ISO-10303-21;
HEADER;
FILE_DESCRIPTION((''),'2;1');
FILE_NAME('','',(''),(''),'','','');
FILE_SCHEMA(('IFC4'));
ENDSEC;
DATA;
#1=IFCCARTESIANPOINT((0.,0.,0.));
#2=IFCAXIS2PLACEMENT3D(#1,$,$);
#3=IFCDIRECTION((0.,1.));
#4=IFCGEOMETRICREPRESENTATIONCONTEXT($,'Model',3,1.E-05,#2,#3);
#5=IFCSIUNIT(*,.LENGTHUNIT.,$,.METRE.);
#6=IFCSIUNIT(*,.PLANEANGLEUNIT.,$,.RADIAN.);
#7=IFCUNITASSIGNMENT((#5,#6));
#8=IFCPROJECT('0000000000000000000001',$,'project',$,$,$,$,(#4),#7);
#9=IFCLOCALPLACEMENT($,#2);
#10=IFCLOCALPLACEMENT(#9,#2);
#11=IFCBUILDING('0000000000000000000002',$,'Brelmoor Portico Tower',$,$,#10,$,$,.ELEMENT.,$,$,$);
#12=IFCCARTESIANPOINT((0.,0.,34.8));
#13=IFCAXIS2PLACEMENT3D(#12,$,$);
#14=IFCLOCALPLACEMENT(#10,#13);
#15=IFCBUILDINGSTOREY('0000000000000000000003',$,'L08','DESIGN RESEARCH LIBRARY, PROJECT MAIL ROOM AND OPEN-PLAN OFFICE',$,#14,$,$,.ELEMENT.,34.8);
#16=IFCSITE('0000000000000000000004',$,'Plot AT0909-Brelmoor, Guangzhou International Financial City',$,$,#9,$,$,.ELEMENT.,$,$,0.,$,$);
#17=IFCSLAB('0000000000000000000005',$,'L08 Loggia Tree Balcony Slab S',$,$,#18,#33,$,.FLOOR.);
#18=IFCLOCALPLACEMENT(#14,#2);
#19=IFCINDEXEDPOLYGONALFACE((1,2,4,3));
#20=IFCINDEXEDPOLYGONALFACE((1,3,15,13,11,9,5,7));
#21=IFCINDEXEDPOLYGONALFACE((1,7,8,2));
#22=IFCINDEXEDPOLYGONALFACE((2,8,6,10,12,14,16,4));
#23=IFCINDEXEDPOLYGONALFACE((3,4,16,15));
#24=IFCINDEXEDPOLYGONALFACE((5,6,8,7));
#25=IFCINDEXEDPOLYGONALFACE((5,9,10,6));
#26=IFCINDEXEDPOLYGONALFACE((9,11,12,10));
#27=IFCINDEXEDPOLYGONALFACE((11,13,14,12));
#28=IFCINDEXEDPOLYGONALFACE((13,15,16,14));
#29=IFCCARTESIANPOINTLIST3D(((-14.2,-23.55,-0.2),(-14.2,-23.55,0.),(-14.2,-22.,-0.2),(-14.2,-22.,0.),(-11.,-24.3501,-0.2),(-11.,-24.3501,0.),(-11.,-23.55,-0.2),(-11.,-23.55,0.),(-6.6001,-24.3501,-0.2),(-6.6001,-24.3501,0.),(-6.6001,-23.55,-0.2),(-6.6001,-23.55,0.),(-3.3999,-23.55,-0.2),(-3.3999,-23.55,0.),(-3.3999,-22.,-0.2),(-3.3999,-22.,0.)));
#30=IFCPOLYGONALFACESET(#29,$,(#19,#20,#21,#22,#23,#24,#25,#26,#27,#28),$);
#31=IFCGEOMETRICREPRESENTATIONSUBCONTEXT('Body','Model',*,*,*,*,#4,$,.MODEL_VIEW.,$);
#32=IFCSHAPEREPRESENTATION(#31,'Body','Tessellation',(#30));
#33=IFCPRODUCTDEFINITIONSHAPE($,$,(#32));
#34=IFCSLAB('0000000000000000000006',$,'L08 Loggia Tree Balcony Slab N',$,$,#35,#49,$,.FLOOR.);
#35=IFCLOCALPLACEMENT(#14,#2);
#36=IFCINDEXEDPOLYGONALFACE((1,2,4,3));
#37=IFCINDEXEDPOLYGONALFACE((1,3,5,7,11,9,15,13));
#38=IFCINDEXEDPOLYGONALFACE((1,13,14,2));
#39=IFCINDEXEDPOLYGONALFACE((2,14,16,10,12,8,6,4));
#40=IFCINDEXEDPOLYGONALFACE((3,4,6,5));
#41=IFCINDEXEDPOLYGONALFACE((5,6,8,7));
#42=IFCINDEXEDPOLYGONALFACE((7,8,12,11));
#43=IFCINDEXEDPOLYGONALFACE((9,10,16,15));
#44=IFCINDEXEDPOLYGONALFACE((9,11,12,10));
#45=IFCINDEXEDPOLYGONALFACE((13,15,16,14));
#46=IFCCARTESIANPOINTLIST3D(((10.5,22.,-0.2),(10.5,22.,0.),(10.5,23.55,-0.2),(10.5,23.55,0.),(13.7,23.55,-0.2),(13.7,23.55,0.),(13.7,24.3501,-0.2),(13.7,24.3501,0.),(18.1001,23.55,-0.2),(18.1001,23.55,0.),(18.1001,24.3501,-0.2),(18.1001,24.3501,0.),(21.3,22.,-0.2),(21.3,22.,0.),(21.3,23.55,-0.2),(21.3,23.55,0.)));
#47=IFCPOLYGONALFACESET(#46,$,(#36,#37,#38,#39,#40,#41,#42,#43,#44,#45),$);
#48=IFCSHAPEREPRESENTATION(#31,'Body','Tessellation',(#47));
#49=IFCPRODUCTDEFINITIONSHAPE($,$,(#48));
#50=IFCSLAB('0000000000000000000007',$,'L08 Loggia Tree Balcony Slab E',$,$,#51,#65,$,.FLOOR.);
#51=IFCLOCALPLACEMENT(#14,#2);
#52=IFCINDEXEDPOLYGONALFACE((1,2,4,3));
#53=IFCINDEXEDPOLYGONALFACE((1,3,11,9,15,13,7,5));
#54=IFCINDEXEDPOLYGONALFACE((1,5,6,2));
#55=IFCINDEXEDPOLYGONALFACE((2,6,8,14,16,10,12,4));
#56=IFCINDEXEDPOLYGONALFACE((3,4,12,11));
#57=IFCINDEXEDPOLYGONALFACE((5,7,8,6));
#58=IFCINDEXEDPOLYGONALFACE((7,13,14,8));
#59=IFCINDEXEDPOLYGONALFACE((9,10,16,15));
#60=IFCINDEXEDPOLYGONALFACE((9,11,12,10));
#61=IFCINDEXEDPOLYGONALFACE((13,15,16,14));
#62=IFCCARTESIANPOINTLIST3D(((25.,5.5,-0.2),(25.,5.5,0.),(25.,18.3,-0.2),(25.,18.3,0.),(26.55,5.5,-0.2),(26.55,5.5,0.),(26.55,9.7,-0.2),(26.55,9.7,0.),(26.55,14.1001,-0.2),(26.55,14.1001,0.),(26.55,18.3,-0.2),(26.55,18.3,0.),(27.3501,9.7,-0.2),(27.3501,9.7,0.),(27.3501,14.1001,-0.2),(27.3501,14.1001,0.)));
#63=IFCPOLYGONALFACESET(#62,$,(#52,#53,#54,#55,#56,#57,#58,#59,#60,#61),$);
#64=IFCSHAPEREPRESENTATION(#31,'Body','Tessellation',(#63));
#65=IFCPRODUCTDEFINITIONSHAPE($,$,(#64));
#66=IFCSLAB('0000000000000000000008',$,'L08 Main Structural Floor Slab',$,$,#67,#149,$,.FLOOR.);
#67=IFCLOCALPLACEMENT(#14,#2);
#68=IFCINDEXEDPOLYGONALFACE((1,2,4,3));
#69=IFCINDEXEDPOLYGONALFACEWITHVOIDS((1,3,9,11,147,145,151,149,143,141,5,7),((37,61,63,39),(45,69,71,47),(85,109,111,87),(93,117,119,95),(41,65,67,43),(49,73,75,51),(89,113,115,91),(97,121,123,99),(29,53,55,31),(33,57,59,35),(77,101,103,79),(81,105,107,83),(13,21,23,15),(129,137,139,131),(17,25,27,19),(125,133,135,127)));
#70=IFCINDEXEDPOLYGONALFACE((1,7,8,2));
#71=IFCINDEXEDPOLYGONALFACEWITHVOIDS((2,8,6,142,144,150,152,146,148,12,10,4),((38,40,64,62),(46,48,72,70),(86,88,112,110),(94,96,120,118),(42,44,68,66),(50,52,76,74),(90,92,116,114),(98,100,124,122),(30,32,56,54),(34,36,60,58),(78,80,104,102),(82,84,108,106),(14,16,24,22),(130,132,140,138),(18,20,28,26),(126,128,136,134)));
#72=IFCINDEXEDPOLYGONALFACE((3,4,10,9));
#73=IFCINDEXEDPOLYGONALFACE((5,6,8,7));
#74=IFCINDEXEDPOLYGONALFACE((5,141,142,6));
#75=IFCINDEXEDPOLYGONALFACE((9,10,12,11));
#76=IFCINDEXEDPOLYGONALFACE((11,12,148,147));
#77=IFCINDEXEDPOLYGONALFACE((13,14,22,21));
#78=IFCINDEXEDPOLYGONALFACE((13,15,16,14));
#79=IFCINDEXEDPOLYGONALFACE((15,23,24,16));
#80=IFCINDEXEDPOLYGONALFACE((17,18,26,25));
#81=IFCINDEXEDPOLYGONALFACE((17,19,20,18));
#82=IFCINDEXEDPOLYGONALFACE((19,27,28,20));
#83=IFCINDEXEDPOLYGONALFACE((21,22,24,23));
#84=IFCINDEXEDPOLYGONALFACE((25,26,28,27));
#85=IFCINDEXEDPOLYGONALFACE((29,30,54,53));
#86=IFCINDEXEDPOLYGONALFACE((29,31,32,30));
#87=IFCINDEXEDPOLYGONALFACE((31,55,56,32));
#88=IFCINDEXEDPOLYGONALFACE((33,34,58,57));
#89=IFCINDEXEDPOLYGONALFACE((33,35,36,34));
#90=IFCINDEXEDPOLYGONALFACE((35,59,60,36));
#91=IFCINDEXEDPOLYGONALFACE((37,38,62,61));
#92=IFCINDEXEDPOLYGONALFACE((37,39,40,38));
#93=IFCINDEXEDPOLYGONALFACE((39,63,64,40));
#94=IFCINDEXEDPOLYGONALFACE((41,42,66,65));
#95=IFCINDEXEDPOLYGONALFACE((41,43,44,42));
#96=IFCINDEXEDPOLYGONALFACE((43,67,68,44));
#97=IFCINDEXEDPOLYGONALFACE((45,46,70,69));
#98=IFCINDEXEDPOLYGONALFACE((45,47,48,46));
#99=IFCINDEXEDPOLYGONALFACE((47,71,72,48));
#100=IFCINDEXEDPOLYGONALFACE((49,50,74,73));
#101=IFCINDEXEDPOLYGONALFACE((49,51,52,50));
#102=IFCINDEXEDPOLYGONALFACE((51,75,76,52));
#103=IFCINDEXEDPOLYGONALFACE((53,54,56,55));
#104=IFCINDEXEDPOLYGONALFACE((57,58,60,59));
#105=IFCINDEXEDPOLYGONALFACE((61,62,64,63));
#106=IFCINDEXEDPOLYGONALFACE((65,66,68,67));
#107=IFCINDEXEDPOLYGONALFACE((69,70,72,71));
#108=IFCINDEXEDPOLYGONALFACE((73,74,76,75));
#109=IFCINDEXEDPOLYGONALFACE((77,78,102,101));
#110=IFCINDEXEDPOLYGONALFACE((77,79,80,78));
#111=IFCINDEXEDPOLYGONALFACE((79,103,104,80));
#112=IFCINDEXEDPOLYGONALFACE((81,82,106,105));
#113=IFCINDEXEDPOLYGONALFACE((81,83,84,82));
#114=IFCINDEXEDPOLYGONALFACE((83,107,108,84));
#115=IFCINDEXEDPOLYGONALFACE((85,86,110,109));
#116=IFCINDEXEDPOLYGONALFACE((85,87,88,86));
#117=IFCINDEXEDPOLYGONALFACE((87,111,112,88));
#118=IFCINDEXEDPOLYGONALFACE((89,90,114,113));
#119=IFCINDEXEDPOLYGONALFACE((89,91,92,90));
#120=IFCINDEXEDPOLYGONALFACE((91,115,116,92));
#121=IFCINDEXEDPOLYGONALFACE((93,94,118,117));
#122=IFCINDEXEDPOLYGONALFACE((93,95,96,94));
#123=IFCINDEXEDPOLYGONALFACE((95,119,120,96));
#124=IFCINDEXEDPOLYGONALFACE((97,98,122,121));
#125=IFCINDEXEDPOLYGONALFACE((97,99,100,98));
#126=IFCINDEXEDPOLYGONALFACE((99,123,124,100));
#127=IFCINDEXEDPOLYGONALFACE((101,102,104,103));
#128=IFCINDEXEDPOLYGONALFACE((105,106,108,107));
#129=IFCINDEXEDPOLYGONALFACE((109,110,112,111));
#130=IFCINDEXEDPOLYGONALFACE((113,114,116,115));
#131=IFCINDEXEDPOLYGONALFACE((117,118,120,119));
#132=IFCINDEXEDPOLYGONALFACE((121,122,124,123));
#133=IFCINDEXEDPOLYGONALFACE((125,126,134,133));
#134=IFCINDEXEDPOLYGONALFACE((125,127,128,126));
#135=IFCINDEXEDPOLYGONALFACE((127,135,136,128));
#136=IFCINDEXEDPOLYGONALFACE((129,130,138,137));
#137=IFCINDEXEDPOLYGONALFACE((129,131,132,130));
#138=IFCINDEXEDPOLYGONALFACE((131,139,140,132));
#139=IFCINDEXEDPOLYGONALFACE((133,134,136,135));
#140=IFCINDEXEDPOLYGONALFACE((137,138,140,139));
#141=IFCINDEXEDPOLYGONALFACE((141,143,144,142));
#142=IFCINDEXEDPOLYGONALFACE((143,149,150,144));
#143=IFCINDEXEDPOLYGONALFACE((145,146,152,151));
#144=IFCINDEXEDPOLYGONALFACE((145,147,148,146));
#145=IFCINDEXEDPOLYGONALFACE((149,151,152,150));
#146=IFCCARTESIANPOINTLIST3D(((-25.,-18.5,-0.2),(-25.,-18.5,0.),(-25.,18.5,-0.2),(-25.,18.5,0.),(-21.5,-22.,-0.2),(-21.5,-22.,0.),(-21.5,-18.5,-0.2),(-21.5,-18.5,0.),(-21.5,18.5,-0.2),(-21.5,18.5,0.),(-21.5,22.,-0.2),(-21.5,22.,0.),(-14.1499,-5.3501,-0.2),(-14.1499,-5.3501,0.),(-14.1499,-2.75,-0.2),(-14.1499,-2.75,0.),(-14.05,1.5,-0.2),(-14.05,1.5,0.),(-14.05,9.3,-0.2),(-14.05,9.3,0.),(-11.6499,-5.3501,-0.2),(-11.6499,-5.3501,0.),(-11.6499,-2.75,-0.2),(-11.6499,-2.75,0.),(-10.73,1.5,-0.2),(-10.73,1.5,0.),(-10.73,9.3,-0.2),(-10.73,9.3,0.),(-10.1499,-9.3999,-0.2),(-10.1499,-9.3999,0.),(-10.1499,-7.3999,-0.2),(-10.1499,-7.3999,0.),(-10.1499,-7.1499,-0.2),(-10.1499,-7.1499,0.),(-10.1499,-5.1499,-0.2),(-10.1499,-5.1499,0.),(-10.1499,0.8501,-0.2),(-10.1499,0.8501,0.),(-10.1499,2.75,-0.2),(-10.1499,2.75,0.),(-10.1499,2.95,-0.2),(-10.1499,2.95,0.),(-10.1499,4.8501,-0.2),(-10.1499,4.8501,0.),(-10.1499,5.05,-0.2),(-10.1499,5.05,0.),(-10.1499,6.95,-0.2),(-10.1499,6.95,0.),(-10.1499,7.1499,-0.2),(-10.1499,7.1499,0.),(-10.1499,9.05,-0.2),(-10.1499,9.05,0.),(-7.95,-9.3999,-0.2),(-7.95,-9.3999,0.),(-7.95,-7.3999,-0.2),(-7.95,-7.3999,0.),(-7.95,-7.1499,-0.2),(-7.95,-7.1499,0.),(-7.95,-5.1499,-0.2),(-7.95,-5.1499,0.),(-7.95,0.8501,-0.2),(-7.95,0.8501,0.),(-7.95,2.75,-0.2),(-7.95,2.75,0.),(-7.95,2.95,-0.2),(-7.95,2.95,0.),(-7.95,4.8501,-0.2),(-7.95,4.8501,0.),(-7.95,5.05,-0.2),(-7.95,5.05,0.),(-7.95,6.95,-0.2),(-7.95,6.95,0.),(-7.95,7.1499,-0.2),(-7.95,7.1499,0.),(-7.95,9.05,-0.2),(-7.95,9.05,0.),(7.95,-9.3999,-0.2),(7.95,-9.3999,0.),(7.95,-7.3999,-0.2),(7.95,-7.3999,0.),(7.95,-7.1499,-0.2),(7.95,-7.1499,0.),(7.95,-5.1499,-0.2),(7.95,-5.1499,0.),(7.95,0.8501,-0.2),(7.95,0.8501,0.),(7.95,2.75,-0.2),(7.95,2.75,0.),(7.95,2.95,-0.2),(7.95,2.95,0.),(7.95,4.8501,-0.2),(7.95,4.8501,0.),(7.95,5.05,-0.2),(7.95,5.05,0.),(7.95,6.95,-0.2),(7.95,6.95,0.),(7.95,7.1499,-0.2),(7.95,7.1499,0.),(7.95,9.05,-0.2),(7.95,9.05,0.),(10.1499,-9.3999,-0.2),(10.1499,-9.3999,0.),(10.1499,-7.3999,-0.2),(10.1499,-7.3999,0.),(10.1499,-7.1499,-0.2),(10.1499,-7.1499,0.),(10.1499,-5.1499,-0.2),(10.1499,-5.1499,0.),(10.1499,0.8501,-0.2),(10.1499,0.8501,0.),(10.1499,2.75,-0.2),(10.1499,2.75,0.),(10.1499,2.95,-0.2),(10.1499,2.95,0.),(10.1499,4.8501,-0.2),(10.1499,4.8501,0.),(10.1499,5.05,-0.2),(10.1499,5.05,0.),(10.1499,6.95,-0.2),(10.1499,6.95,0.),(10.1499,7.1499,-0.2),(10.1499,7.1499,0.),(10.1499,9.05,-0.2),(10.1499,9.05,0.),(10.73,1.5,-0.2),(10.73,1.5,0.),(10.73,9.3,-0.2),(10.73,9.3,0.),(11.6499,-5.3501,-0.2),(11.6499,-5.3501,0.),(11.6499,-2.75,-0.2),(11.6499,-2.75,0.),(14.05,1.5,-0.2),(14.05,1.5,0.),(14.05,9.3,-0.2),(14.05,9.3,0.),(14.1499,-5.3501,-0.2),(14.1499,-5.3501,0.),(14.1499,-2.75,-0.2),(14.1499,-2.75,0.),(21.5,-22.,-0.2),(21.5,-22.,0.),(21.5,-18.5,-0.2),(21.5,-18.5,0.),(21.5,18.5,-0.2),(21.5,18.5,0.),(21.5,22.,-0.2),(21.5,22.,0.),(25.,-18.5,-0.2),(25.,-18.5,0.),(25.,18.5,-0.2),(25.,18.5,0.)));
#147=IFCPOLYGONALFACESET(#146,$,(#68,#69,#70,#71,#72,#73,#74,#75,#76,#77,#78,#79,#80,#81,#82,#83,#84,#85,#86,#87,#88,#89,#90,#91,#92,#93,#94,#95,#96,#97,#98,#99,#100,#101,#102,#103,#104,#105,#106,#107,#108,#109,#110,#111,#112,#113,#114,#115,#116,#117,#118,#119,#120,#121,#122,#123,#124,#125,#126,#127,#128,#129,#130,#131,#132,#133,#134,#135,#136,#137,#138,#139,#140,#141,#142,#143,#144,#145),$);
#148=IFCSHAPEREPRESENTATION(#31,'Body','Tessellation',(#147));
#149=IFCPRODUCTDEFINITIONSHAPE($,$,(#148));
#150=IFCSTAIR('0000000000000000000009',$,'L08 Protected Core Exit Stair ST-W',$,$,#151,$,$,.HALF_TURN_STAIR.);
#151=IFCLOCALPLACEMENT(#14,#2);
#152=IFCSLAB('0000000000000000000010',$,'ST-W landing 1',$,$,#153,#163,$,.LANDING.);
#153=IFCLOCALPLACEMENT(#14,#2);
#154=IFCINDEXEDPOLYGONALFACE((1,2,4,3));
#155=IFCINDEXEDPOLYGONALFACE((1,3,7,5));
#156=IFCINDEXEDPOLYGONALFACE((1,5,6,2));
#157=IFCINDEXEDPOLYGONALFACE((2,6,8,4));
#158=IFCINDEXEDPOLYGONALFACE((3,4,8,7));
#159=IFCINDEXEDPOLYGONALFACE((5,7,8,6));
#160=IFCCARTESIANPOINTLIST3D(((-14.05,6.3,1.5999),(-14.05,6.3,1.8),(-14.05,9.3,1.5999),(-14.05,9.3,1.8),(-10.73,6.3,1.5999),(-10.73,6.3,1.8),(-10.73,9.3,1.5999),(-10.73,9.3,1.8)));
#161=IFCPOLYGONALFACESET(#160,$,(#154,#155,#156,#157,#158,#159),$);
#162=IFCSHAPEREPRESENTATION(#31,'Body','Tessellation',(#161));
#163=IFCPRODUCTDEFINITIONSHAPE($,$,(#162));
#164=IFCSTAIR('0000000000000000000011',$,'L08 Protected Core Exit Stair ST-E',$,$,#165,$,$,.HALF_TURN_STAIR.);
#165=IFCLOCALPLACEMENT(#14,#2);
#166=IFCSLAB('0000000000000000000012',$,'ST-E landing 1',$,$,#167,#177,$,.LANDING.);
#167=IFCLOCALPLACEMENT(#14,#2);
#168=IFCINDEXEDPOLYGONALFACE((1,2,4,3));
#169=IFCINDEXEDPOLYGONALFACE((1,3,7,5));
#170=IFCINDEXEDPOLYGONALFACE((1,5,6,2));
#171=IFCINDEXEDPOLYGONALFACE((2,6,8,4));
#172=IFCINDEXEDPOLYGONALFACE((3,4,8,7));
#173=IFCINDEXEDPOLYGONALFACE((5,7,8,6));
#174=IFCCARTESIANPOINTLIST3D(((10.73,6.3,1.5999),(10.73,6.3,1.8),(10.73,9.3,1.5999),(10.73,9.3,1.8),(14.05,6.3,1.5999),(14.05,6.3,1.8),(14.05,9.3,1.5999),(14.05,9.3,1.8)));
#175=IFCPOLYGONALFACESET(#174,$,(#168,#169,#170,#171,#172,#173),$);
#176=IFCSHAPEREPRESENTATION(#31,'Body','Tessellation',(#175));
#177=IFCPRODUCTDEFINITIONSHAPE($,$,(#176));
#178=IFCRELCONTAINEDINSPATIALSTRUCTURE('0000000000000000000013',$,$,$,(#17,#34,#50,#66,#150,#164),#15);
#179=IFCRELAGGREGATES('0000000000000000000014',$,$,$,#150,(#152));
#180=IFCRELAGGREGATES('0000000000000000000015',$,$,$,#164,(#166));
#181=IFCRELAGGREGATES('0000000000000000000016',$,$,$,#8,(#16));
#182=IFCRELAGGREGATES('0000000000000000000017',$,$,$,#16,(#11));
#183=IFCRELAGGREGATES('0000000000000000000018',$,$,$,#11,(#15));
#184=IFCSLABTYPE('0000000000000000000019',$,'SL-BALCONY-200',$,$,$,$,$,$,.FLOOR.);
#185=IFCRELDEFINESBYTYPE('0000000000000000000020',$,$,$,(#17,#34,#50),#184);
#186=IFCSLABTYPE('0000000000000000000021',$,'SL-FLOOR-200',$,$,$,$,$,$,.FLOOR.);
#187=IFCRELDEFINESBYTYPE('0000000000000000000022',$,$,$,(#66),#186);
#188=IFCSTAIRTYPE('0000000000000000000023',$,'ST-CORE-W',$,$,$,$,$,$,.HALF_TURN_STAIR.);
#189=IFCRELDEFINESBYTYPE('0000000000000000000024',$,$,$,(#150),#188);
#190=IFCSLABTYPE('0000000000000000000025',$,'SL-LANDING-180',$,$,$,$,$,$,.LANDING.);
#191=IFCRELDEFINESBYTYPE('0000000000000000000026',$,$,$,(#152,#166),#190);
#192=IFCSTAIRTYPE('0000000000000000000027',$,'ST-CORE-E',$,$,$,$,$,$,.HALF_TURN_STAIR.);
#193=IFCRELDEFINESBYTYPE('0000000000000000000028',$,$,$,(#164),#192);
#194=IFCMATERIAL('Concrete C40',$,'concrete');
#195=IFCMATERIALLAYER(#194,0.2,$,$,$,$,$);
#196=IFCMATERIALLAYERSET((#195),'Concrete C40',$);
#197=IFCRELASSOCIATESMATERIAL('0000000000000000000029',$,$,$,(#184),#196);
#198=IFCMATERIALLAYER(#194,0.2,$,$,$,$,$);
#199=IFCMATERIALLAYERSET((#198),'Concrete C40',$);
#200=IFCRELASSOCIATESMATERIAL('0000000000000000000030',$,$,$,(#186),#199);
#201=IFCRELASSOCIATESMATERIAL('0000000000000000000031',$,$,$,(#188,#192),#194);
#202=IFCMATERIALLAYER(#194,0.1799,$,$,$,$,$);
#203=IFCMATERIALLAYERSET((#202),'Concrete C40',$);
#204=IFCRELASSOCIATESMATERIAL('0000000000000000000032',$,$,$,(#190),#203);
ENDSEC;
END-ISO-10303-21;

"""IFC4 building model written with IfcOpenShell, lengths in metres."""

from ifc_helpers import new_model, si_unit, direction, frame, origin, place, context, subcontext, project, spatial, polyline, outline, extrude, material, layer, layer_set, type_object, element, aggregate, save


model = new_model("IFC4")

# Units and contexts
model_context = context("Model", 3, precision=1e-05, world=origin(), true_north=direction((0.0, 1.0)))
body_context = subcontext(model_context, "Body", "Model", "MODEL_VIEW")
ifc_project = project(units=[si_unit("LENGTHUNIT", "METRE"), si_unit("PLANEANGLEUNIT", "RADIAN")], contexts=[model_context])

# Site, building, storey
site_placement = place(None, origin())
site = spatial("IfcSite", under=ifc_project, at=site_placement, Name="Plot AT0909-Brelmoor, Guangzhou International Financial City", CompositionType="ELEMENT", RefElevation=0.0)
building_placement = place(site_placement, origin())
building = spatial("IfcBuilding", under=site, at=building_placement, Name="Brelmoor Portico Tower", CompositionType="ELEMENT")
storey_placement = place(building_placement, frame((0.0, 0.0, 34.8)))
storey = spatial("IfcBuildingStorey", under=building, at=storey_placement, Name="L08", Description="DESIGN RESEARCH LIBRARY, PROJECT MAIL ROOM AND OPEN-PLAN OFFICE", CompositionType="ELEMENT", Elevation=34.8)

# Slabs
ifc_material_1 = material(Name="Concrete C40", Category="concrete")
ifc_layer_1 = layer(ifc_material_1, 0.2)
ifc_layer_set_1 = layer_set([ifc_layer_1], Name="Concrete C40")
slab_type_1 = type_object("IfcSlabType", Name="SL-BALCONY-200", PredefinedType="FLOOR", material=ifc_layer_set_1)
slab_1_placement = place(storey_placement, frame((0.0, 0.0, -0.2)))
element("IfcSlab", 1, at=slab_1_placement, inside=storey, type_object=slab_type_1, Name="L08 Loggia Tree Balcony Slab S", PredefinedType="FLOOR", context=body_context, shape_type="SweptSolid", body=[
    extrude(outline(polyline([(-14.2, -23.55), (-11.0, -23.55), (-11.0, -24.3501), (-6.6001, -24.3501), (-6.6001, -23.55), (-3.3999, -23.55), (-3.3999, -22.0), (-14.2, -22.0), (-14.2, -23.55)])), origin(), (0.0, 0.0, 1.0), 0.2),
])
slab_2_placement = place(storey_placement, frame((0.0, 0.0, -0.2)))
element("IfcSlab", 2, at=slab_2_placement, inside=storey, type_object=slab_type_1, Name="L08 Loggia Tree Balcony Slab N", PredefinedType="FLOOR", context=body_context, shape_type="SweptSolid", body=[
    extrude(outline(polyline([(10.5, 22.0), (21.3, 22.0), (21.3, 23.55), (18.1001, 23.55), (18.1001, 24.3501), (13.7, 24.3501), (13.7, 23.55), (10.5, 23.55), (10.5, 22.0)])), origin(), (0.0, 0.0, 1.0), 0.2),
])
slab_3_placement = place(storey_placement, frame((0.0, 0.0, -0.2)))
element("IfcSlab", 3, at=slab_3_placement, inside=storey, type_object=slab_type_1, Name="L08 Loggia Tree Balcony Slab E", PredefinedType="FLOOR", context=body_context, shape_type="SweptSolid", body=[
    extrude(outline(polyline([(25.0, 5.5), (26.55, 5.5), (26.55, 9.7), (27.3501, 9.7), (27.3501, 14.1001), (26.55, 14.1001), (26.55, 18.3), (25.0, 18.3), (25.0, 5.5)])), origin(), (0.0, 0.0, 1.0), 0.2),
])
ifc_layer_2 = layer(ifc_material_1, 0.2)
ifc_layer_set_2 = layer_set([ifc_layer_2], Name="Concrete C40")
slab_type_2 = type_object("IfcSlabType", Name="SL-FLOOR-200", PredefinedType="FLOOR", material=ifc_layer_set_2)
slab_4_placement = place(storey_placement, frame((0.0, 0.0, -0.2)))
element("IfcSlab", 4, at=slab_4_placement, inside=storey, type_object=slab_type_2, Name="L08 Main Structural Floor Slab", PredefinedType="FLOOR", context=body_context, shape_type="SweptSolid", body=[
    extrude(outline(polyline([(-21.5, -22.0), (21.5, -22.0), (21.5, -18.5), (25.0, -18.5), (25.0, 18.5), (21.5, 18.5), (21.5, 22.0), (-21.5, 22.0), (-21.5, 18.5), (-25.0, 18.5), (-25.0, -18.5), (-21.5, -18.5), (-21.5, -22.0)]), holes=[polyline([(-10.73, 1.5), (-10.73, 9.3), (-14.05, 9.3), (-14.05, 1.5), (-10.73, 1.5)]), polyline([(14.05, 1.5), (14.05, 9.3), (10.73, 9.3), (10.73, 1.5), (14.05, 1.5)]), polyline([(-10.1499, 0.8501), (-7.95, 0.8501), (-7.95, 2.75), (-10.1499, 2.75), (-10.1499, 0.8501)]), polyline([(-10.1499, 2.95), (-7.95, 2.95), (-7.95, 4.8501), (-10.1499, 4.8501), (-10.1499, 2.95)]), polyline([(-10.1499, 5.05), (-7.95, 5.05), (-7.95, 6.95), (-10.1499, 6.95), (-10.1499, 5.05)]), polyline([(-10.1499, 7.1499), (-7.95, 7.1499), (-7.95, 9.05), (-10.1499, 9.05), (-10.1499, 7.1499)]), polyline([(7.95, 0.8501), (10.1499, 0.8501), (10.1499, 2.75), (7.95, 2.75), (7.95, 0.8501)]), polyline([(7.95, 2.95), (10.1499, 2.95), (10.1499, 4.8501), (7.95, 4.8501), (7.95, 2.95)]), polyline([(7.95, 5.05), (10.1499, 5.05), (10.1499, 6.95), (7.95, 6.95), (7.95, 5.05)]), polyline([(7.95, 7.1499), (10.1499, 7.1499), (10.1499, 9.05), (7.95, 9.05), (7.95, 7.1499)]), polyline([(-10.1499, -9.3999), (-7.95, -9.3999), (-7.95, -7.3999), (-10.1499, -7.3999), (-10.1499, -9.3999)]), polyline([(-10.1499, -7.1499), (-7.95, -7.1499), (-7.95, -5.1499), (-10.1499, -5.1499), (-10.1499, -7.1499)]), polyline([(7.95, -9.3999), (10.1499, -9.3999), (10.1499, -7.3999), (7.95, -7.3999), (7.95, -9.3999)]), polyline([(7.95, -7.1499), (10.1499, -7.1499), (10.1499, -5.1499), (7.95, -5.1499), (7.95, -7.1499)]), polyline([(-14.1499, -5.3501), (-11.6499, -5.3501), (-11.6499, -2.75), (-14.1499, -2.75), (-14.1499, -5.3501)]), polyline([(11.6499, -5.3501), (14.1499, -5.3501), (14.1499, -2.75), (11.6499, -2.75), (11.6499, -5.3501)])]), origin(), (0.0, 0.0, 1.0), 0.2),
])

# Stairs, slabs
stair_type_1 = type_object("IfcStairType", Name="ST-CORE-W", PredefinedType="HALF_TURN_STAIR", material=ifc_material_1)
stair_1_placement = place(storey_placement, origin())
stair_1 = element("IfcStair", 5, at=stair_1_placement, inside=storey, type_object=stair_type_1, Name="L08 Protected Core Exit Stair ST-W", PredefinedType="HALF_TURN_STAIR")
ifc_layer_3 = layer(ifc_material_1, 0.1799)
ifc_layer_set_3 = layer_set([ifc_layer_3], Name="Concrete C40")
slab_type_3 = type_object("IfcSlabType", Name="SL-LANDING-180", PredefinedType="LANDING", material=ifc_layer_set_3)
slab_5_placement = place(storey_placement, frame((0.0, 0.0, 1.5999)))
slab_5 = element("IfcSlab", 6, at=slab_5_placement, type_object=slab_type_3, Name="ST-W landing 1", PredefinedType="LANDING", context=body_context, shape_type="SweptSolid", body=[
    extrude(outline(polyline([(-10.73, 6.3), (-10.73, 9.3), (-14.05, 9.3), (-14.05, 6.3), (-10.73, 6.3)])), origin(), (0.0, 0.0, 1.0), 0.2002),
])
aggregate(stair_1, [slab_5])
stair_type_2 = type_object("IfcStairType", Name="ST-CORE-E", PredefinedType="HALF_TURN_STAIR", material=ifc_material_1)
stair_2_placement = place(storey_placement, origin())
stair_2 = element("IfcStair", 7, at=stair_2_placement, inside=storey, type_object=stair_type_2, Name="L08 Protected Core Exit Stair ST-E", PredefinedType="HALF_TURN_STAIR")
slab_6_placement = place(storey_placement, frame((0.0, 0.0, 1.5999)))
slab_6 = element("IfcSlab", 8, at=slab_6_placement, type_object=slab_type_3, Name="ST-E landing 1", PredefinedType="LANDING", context=body_context, shape_type="SweptSolid", body=[
    extrude(outline(polyline([(14.05, 6.3), (14.05, 9.3), (10.73, 9.3), (10.73, 6.3), (14.05, 6.3)])), origin(), (0.0, 0.0, 1.0), 0.2002),
])
aggregate(stair_2, [slab_6])

save(model, "model.ifc")
